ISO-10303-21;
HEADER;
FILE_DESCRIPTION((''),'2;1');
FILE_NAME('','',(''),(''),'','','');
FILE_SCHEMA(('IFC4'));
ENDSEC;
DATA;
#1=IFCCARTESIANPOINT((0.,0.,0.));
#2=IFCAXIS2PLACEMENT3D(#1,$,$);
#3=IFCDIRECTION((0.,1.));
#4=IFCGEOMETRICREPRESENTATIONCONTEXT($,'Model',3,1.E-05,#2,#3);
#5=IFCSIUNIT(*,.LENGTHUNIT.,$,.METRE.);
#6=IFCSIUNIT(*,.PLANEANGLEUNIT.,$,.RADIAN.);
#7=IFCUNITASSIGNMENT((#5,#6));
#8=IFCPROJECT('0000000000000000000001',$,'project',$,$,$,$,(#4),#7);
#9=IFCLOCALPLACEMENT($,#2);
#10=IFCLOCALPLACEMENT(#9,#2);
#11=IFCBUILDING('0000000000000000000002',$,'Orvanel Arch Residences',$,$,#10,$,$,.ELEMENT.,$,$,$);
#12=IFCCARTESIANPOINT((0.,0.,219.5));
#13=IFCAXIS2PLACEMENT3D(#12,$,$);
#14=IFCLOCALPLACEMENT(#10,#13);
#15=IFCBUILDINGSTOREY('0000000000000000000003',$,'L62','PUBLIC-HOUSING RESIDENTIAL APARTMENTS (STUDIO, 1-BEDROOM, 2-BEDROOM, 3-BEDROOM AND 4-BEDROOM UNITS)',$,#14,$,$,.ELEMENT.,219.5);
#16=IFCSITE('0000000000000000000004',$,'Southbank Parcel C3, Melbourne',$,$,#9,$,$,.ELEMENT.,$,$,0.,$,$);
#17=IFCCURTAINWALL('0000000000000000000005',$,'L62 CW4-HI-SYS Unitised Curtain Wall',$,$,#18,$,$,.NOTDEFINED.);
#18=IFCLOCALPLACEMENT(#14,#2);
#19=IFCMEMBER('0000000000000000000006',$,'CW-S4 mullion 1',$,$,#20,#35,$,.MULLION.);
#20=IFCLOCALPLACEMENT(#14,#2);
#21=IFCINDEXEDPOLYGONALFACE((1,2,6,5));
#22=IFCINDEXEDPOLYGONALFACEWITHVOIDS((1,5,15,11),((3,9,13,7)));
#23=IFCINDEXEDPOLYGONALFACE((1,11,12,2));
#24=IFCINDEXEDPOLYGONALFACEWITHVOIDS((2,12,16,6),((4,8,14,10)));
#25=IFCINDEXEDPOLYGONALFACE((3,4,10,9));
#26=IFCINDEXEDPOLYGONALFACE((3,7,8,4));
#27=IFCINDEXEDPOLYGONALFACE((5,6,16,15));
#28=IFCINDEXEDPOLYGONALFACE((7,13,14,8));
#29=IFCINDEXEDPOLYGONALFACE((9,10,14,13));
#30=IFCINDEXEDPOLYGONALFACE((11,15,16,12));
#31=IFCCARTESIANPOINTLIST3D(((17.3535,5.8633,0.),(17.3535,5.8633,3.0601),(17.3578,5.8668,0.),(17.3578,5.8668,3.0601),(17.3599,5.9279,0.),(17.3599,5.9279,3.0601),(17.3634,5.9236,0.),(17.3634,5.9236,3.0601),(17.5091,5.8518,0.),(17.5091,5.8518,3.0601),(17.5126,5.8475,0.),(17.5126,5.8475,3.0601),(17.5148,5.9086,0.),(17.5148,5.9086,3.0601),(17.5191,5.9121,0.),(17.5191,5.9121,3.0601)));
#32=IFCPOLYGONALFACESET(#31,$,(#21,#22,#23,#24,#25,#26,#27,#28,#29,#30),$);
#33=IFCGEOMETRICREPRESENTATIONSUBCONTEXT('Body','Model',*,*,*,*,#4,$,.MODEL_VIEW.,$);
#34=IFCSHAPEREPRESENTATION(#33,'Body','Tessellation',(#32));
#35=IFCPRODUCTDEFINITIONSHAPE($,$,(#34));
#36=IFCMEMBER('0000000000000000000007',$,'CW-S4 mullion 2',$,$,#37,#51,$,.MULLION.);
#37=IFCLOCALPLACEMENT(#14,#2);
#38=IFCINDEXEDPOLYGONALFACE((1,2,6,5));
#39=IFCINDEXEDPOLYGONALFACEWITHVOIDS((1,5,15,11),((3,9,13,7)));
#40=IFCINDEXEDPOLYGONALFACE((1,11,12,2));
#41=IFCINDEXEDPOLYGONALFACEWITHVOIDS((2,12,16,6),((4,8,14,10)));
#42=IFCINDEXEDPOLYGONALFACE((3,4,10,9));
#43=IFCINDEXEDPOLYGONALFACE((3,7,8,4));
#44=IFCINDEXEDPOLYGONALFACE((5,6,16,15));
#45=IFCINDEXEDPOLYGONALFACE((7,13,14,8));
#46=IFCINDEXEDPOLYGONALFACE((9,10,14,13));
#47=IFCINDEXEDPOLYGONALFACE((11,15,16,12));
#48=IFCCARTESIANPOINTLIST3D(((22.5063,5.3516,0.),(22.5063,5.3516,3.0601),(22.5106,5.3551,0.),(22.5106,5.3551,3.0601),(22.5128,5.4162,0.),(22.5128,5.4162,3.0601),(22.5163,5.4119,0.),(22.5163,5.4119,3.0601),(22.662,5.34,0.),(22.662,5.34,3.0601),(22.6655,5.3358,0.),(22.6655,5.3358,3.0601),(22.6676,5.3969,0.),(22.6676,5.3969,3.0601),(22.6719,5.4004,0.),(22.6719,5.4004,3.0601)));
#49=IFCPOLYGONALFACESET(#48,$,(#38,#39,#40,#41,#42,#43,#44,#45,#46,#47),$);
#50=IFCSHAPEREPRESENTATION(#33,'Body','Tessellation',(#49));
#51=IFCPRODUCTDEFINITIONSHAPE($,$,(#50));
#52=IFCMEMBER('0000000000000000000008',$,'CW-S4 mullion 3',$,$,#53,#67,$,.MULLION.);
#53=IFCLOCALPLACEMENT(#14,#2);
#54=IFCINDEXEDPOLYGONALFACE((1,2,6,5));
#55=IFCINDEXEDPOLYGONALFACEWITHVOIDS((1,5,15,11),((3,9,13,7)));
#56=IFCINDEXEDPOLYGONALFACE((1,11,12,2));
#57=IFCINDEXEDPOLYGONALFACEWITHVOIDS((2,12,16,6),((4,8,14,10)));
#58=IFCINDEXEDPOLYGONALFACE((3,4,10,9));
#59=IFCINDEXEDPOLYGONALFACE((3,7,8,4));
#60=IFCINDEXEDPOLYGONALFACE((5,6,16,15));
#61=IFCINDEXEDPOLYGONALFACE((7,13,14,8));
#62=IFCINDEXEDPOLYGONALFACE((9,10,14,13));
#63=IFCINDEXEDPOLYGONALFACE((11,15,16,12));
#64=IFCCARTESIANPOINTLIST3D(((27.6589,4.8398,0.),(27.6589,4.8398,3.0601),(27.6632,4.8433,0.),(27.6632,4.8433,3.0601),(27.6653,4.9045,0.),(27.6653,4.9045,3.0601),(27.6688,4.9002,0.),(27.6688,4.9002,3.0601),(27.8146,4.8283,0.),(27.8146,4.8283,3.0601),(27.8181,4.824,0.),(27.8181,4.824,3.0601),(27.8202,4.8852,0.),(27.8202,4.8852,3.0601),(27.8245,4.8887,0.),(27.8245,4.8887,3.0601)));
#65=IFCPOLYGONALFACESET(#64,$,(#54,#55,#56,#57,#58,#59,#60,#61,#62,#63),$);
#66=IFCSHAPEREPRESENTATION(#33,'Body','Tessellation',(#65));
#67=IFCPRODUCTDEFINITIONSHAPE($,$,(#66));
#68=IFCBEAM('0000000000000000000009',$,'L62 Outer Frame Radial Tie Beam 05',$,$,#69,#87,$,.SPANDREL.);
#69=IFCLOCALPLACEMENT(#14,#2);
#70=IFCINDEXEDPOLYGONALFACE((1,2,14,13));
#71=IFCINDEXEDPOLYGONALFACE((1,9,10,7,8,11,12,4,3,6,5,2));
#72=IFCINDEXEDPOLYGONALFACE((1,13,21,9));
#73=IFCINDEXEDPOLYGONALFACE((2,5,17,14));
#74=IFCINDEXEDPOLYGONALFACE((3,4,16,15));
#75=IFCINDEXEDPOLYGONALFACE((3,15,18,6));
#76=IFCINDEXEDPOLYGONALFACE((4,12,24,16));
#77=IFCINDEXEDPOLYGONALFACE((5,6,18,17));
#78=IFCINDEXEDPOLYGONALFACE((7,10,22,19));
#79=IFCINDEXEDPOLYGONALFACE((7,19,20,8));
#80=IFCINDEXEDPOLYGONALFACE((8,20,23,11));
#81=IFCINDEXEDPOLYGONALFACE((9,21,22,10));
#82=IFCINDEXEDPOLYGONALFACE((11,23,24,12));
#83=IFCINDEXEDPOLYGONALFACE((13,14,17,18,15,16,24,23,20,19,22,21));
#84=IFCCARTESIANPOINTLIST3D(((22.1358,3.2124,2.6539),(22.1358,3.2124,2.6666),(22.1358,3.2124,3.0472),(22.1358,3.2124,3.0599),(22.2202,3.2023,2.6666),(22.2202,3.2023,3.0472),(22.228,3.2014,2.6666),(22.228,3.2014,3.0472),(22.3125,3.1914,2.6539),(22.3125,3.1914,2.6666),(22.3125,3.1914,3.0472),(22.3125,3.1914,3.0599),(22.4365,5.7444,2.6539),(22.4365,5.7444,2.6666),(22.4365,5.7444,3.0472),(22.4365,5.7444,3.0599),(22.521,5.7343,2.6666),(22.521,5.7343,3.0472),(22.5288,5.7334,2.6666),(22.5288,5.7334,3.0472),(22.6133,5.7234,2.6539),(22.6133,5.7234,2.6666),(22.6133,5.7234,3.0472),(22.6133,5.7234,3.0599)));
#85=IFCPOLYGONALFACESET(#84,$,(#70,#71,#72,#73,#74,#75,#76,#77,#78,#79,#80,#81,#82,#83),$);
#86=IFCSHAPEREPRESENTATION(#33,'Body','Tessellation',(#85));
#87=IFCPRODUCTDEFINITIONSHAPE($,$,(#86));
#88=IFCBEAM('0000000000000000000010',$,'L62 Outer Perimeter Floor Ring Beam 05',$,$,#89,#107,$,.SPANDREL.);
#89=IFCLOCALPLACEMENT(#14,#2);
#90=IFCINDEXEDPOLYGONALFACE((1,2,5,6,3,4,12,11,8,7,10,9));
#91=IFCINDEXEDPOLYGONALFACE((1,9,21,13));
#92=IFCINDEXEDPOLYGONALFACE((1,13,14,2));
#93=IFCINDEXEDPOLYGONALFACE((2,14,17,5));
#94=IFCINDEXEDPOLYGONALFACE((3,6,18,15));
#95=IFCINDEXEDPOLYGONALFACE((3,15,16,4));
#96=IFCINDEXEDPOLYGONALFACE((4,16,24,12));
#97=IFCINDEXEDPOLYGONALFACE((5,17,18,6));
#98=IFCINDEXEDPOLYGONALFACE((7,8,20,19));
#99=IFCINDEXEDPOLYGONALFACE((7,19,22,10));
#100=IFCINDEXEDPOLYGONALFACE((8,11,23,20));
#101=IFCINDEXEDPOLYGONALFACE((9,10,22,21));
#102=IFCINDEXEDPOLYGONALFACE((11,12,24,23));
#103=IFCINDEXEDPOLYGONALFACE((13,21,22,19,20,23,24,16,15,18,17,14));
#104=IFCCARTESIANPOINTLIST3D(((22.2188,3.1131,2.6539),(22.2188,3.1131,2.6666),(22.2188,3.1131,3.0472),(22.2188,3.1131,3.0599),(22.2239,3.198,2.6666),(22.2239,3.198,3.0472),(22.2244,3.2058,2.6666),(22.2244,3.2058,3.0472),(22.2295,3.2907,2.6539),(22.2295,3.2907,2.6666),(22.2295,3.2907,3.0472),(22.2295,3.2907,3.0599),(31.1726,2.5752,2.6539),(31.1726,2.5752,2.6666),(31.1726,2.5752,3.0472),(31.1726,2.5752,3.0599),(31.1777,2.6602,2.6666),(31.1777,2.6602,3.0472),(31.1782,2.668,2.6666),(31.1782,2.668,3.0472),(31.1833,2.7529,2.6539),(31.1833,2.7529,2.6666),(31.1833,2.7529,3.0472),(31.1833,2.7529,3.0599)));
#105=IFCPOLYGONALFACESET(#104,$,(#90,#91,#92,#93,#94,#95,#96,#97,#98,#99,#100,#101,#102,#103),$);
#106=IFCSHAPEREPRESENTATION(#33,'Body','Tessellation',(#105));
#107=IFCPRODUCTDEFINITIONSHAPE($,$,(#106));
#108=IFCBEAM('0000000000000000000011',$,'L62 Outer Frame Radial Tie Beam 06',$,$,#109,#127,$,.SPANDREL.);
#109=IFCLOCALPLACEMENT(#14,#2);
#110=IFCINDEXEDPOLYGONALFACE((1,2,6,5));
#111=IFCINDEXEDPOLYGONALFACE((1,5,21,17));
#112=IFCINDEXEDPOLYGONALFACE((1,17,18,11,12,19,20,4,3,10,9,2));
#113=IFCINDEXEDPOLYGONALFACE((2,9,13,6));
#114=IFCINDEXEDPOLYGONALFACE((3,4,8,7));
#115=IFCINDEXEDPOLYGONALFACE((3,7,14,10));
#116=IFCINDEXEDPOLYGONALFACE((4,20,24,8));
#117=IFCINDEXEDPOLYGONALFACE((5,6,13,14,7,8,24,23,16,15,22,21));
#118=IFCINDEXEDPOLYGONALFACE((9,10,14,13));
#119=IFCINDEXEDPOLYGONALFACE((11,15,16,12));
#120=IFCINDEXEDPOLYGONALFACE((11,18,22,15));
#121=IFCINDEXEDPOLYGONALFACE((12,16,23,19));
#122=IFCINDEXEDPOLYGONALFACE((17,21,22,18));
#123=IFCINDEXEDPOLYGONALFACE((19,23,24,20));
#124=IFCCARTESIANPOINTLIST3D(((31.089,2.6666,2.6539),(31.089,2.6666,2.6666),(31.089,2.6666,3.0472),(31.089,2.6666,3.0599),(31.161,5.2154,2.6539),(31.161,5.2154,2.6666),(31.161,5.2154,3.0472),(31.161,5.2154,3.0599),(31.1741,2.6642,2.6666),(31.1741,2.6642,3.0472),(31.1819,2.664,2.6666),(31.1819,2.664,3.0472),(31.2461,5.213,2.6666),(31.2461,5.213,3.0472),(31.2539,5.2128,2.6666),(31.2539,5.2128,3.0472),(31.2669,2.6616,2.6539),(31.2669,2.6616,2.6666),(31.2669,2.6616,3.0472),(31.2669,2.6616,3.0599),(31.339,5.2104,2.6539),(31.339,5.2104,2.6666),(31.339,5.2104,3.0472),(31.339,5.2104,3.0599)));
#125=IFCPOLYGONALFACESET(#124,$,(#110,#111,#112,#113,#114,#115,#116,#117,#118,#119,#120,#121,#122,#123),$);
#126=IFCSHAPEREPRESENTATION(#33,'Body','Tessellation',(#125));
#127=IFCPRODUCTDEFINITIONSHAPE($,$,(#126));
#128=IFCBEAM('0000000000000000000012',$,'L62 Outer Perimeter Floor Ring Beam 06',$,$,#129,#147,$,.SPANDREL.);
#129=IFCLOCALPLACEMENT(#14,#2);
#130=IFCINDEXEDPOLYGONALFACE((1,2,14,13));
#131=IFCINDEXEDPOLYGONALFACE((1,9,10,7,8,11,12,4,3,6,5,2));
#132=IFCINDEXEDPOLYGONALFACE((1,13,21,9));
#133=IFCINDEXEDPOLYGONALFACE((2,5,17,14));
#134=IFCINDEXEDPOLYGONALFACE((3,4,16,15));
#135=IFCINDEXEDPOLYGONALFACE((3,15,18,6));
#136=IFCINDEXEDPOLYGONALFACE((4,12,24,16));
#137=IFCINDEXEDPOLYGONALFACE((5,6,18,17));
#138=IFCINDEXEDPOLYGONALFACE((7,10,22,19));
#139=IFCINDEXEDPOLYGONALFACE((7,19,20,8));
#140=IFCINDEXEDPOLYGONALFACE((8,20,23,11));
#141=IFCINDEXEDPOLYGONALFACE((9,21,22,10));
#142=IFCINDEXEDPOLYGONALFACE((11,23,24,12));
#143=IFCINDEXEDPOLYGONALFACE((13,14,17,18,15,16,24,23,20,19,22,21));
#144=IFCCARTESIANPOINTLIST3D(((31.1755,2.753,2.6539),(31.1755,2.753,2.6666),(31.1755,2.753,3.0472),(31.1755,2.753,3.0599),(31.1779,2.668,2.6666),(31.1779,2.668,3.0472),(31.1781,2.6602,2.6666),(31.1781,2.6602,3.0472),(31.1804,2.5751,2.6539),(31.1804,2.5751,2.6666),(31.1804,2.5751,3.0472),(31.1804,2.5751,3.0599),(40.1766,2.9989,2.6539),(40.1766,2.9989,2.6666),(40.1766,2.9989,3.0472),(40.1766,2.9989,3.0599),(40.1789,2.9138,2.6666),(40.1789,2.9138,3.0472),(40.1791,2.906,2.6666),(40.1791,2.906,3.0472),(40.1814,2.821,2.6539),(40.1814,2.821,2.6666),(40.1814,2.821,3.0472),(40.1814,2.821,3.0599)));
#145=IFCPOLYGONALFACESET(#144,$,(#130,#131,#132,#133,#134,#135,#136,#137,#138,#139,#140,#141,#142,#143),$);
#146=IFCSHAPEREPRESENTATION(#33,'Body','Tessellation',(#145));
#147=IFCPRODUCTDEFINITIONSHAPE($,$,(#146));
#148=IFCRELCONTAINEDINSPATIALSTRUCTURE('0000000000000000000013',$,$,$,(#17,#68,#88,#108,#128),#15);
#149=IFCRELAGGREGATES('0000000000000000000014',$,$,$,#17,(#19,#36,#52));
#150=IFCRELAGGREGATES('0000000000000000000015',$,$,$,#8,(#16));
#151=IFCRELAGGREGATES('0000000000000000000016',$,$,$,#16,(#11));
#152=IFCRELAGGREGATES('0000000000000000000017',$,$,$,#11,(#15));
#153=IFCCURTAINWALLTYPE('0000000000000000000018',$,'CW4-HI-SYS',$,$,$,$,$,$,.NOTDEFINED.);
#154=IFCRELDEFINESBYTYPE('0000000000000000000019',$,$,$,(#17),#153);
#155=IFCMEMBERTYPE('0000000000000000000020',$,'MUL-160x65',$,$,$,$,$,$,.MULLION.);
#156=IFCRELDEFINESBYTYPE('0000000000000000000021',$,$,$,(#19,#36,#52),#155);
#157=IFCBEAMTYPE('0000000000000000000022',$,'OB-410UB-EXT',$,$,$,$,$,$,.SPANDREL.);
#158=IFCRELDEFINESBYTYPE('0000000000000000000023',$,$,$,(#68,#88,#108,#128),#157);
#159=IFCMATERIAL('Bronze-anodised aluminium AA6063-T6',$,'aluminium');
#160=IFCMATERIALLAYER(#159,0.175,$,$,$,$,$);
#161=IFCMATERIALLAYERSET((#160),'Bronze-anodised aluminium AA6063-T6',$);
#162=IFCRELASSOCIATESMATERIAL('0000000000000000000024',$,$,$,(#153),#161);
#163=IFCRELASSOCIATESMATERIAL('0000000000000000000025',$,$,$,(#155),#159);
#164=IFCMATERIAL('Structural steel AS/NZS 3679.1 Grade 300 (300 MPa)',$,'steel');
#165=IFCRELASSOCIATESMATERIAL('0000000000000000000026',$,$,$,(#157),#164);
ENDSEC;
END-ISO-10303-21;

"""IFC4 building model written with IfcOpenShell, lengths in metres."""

from ifc_helpers import new_model, si_unit, direction, frame, origin, origin_2d, place, context, subcontext, project, spatial, hollow_rectangle, i_section, extrude, material, layer, layer_set, material_profile, profile_set, type_object, element, aggregate, save


model = new_model("IFC4")

# Units and contexts
model_context = context("Model", 3, precision=1e-05, world=origin(), true_north=direction((0.0, 1.0)))
body_context = subcontext(model_context, "Body", "Model", "MODEL_VIEW")
ifc_project = project(units=[si_unit("LENGTHUNIT", "METRE"), si_unit("PLANEANGLEUNIT", "RADIAN")], contexts=[model_context])

# Site, building, storey
site_placement = place(None, origin())
site = spatial("IfcSite", under=ifc_project, at=site_placement, Name="Southbank Parcel C3, Melbourne", CompositionType="ELEMENT", RefElevation=0.0)
building_placement = place(site_placement, origin())
building = spatial("IfcBuilding", under=site, at=building_placement, Name="Orvanel Arch Residences", CompositionType="ELEMENT")
storey_placement = place(building_placement, frame((0.0, 0.0, 219.5)))
storey = spatial("IfcBuildingStorey", under=building, at=storey_placement, Name="L62", Description="PUBLIC-HOUSING RESIDENTIAL APARTMENTS (STUDIO, 1-BEDROOM, 2-BEDROOM, 3-BEDROOM AND 4-BEDROOM UNITS)", CompositionType="ELEMENT", Elevation=219.5)

# Curtain wall, members
ifc_material_1 = material(Name="Bronze-anodised aluminium AA6063-T6", Category="aluminium")
ifc_layer_1 = layer(ifc_material_1, 0.175)
ifc_layer_set_1 = layer_set([ifc_layer_1], Name="Bronze-anodised aluminium AA6063-T6")
curtain_wall_type = type_object("IfcCurtainWallType", Name="CW4-HI-SYS", PredefinedType="NOTDEFINED", material=ifc_layer_set_1)
curtain_wall_placement = place(storey_placement, origin())
curtain_wall = element("IfcCurtainWall", 1, at=curtain_wall_placement, inside=storey, type_object=curtain_wall_type, Name="L62 CW4-HI-SYS Unitised Curtain Wall", PredefinedType="NOTDEFINED")
ifc_material_profile_1 = material_profile(ifc_material_1, hollow_rectangle(XDim=0.0649, YDim=0.1599, WallThickness=0.0039, at=origin_2d()), Name="ALU160x65x4")
ifc_profile_set_1 = profile_set([ifc_material_profile_1], Name="Bronze-anodised aluminium AA6063-T6")
member_type_1 = type_object("IfcMemberType", Name="MUL-160x65", PredefinedType="MULLION", material=ifc_profile_set_1)
member_1_placement = place(storey_placement, frame((17.4363, 5.8877, 0.0), z_axis=(0.0, 0.0, 1.0), x_axis=(0.098839, 0.995103, 0.0)))
member_1 = element("IfcMember", 2, at=member_1_placement, type_object=member_type_1, Name="CW-S4 mullion 1", PredefinedType="MULLION", context=body_context, shape_type="SweptSolid", body=[
    extrude(hollow_rectangle(XDim=0.0649, YDim=0.1599, WallThickness=0.0039, at=origin_2d()), origin(), (0.0, 0.0, 1.0), 3.0601),
])
member_2_placement = place(storey_placement, frame((22.5891, 5.376, 0.0), z_axis=(0.0, 0.0, 1.0), x_axis=(0.098839, 0.995103, 0.0)))
member_2 = element("IfcMember", 3, at=member_2_placement, type_object=member_type_1, Name="CW-S4 mullion 2", PredefinedType="MULLION", context=body_context, shape_type="SweptSolid", body=[
    extrude(hollow_rectangle(XDim=0.0649, YDim=0.1599, WallThickness=0.0039, at=origin_2d()), origin(), (0.0, 0.0, 1.0), 3.0601),
])
member_3_placement = place(storey_placement, frame((27.7417, 4.8643, 0.0), z_axis=(0.0, 0.0, 1.0), x_axis=(0.098839, 0.995103, 0.0)))
member_3 = element("IfcMember", 4, at=member_3_placement, type_object=member_type_1, Name="CW-S4 mullion 3", PredefinedType="MULLION", context=body_context, shape_type="SweptSolid", body=[
    extrude(hollow_rectangle(XDim=0.0649, YDim=0.1599, WallThickness=0.0039, at=origin_2d()), origin(), (0.0, 0.0, 1.0), 3.0601),
])

# Beams
ifc_material_2 = material(Name="Structural steel AS/NZS 3679.1 Grade 300 (300 MPa)", Category="steel")
ifc_material_profile_2 = material_profile(ifc_material_2, i_section(OverallWidth=0.178, OverallDepth=0.406, WebThickness=0.0078, FlangeThickness=0.0127, at=origin_2d()), Name="410UB59.7")
ifc_profile_set_2 = profile_set([ifc_material_profile_2], Name="Structural steel AS/NZS 3679.1 Grade 300 (300 MPa)")
beam_type = type_object("IfcBeamType", Name="OB-410UB-EXT", PredefinedType="SPANDREL", material=ifc_profile_set_2)
beam_1_placement = place(storey_placement, frame((22.5249, 5.7339, 2.8569), z_axis=(-0.117963, -0.993018, 0.0), x_axis=(0.993018, -0.117963, 0.0)))
element("IfcBeam", 5, at=beam_1_placement, inside=storey, type_object=beam_type, Name="L62 Outer Frame Radial Tie Beam 05", PredefinedType="SPANDREL", context=body_context, shape_type="SweptSolid", body=[
    extrude(i_section(OverallWidth=0.178, OverallDepth=0.406, WebThickness=0.0078, FlangeThickness=0.0127, at=origin_2d()), origin(), (0.0, 0.0, 1.0), 2.5498),
])
beam_2_placement = place(storey_placement, frame((22.2241, 3.2019, 2.8569), z_axis=(0.998201, -0.05996, 0.0), x_axis=(0.05996, 0.998201, 0.0)))
element("IfcBeam", 6, at=beam_2_placement, inside=storey, type_object=beam_type, Name="L62 Outer Perimeter Floor Ring Beam 05", PredefinedType="SPANDREL", context=body_context, shape_type="SweptSolid", body=[
    extrude(i_section(OverallWidth=0.178, OverallDepth=0.406, WebThickness=0.0078, FlangeThickness=0.0127, at=origin_2d()), origin(), (0.0, 0.0, 1.0), 8.97),
])
beam_3_placement = place(storey_placement, frame((31.25, 5.2129, 2.8569), z_axis=(-0.028245, -0.999601, 0.0), x_axis=(0.999601, -0.028245, 0.0)))
element("IfcBeam", 7, at=beam_3_placement, inside=storey, type_object=beam_type, Name="L62 Outer Frame Radial Tie Beam 06", PredefinedType="SPANDREL", context=body_context, shape_type="SweptSolid", body=[
    extrude(i_section(OverallWidth=0.178, OverallDepth=0.406, WebThickness=0.0078, FlangeThickness=0.0127, at=origin_2d()), origin(), (0.0, 0.0, 1.0), 2.5498),
])
beam_4_placement = place(storey_placement, frame((31.178, 2.6641, 2.8569), z_axis=(0.999627, 0.027303, 0.0), x_axis=(-0.027303, 0.999627, 0.0)))
element("IfcBeam", 8, at=beam_4_placement, inside=storey, type_object=beam_type, Name="L62 Outer Perimeter Floor Ring Beam 06", PredefinedType="SPANDREL", context=body_context, shape_type="SweptSolid", body=[
    extrude(i_section(OverallWidth=0.178, OverallDepth=0.406, WebThickness=0.0078, FlangeThickness=0.0127, at=origin_2d()), origin(), (0.0, 0.0, 1.0), 9.0044),
])

aggregate(curtain_wall, [member_1, member_2, member_3])

save(model, "model.ifc")
